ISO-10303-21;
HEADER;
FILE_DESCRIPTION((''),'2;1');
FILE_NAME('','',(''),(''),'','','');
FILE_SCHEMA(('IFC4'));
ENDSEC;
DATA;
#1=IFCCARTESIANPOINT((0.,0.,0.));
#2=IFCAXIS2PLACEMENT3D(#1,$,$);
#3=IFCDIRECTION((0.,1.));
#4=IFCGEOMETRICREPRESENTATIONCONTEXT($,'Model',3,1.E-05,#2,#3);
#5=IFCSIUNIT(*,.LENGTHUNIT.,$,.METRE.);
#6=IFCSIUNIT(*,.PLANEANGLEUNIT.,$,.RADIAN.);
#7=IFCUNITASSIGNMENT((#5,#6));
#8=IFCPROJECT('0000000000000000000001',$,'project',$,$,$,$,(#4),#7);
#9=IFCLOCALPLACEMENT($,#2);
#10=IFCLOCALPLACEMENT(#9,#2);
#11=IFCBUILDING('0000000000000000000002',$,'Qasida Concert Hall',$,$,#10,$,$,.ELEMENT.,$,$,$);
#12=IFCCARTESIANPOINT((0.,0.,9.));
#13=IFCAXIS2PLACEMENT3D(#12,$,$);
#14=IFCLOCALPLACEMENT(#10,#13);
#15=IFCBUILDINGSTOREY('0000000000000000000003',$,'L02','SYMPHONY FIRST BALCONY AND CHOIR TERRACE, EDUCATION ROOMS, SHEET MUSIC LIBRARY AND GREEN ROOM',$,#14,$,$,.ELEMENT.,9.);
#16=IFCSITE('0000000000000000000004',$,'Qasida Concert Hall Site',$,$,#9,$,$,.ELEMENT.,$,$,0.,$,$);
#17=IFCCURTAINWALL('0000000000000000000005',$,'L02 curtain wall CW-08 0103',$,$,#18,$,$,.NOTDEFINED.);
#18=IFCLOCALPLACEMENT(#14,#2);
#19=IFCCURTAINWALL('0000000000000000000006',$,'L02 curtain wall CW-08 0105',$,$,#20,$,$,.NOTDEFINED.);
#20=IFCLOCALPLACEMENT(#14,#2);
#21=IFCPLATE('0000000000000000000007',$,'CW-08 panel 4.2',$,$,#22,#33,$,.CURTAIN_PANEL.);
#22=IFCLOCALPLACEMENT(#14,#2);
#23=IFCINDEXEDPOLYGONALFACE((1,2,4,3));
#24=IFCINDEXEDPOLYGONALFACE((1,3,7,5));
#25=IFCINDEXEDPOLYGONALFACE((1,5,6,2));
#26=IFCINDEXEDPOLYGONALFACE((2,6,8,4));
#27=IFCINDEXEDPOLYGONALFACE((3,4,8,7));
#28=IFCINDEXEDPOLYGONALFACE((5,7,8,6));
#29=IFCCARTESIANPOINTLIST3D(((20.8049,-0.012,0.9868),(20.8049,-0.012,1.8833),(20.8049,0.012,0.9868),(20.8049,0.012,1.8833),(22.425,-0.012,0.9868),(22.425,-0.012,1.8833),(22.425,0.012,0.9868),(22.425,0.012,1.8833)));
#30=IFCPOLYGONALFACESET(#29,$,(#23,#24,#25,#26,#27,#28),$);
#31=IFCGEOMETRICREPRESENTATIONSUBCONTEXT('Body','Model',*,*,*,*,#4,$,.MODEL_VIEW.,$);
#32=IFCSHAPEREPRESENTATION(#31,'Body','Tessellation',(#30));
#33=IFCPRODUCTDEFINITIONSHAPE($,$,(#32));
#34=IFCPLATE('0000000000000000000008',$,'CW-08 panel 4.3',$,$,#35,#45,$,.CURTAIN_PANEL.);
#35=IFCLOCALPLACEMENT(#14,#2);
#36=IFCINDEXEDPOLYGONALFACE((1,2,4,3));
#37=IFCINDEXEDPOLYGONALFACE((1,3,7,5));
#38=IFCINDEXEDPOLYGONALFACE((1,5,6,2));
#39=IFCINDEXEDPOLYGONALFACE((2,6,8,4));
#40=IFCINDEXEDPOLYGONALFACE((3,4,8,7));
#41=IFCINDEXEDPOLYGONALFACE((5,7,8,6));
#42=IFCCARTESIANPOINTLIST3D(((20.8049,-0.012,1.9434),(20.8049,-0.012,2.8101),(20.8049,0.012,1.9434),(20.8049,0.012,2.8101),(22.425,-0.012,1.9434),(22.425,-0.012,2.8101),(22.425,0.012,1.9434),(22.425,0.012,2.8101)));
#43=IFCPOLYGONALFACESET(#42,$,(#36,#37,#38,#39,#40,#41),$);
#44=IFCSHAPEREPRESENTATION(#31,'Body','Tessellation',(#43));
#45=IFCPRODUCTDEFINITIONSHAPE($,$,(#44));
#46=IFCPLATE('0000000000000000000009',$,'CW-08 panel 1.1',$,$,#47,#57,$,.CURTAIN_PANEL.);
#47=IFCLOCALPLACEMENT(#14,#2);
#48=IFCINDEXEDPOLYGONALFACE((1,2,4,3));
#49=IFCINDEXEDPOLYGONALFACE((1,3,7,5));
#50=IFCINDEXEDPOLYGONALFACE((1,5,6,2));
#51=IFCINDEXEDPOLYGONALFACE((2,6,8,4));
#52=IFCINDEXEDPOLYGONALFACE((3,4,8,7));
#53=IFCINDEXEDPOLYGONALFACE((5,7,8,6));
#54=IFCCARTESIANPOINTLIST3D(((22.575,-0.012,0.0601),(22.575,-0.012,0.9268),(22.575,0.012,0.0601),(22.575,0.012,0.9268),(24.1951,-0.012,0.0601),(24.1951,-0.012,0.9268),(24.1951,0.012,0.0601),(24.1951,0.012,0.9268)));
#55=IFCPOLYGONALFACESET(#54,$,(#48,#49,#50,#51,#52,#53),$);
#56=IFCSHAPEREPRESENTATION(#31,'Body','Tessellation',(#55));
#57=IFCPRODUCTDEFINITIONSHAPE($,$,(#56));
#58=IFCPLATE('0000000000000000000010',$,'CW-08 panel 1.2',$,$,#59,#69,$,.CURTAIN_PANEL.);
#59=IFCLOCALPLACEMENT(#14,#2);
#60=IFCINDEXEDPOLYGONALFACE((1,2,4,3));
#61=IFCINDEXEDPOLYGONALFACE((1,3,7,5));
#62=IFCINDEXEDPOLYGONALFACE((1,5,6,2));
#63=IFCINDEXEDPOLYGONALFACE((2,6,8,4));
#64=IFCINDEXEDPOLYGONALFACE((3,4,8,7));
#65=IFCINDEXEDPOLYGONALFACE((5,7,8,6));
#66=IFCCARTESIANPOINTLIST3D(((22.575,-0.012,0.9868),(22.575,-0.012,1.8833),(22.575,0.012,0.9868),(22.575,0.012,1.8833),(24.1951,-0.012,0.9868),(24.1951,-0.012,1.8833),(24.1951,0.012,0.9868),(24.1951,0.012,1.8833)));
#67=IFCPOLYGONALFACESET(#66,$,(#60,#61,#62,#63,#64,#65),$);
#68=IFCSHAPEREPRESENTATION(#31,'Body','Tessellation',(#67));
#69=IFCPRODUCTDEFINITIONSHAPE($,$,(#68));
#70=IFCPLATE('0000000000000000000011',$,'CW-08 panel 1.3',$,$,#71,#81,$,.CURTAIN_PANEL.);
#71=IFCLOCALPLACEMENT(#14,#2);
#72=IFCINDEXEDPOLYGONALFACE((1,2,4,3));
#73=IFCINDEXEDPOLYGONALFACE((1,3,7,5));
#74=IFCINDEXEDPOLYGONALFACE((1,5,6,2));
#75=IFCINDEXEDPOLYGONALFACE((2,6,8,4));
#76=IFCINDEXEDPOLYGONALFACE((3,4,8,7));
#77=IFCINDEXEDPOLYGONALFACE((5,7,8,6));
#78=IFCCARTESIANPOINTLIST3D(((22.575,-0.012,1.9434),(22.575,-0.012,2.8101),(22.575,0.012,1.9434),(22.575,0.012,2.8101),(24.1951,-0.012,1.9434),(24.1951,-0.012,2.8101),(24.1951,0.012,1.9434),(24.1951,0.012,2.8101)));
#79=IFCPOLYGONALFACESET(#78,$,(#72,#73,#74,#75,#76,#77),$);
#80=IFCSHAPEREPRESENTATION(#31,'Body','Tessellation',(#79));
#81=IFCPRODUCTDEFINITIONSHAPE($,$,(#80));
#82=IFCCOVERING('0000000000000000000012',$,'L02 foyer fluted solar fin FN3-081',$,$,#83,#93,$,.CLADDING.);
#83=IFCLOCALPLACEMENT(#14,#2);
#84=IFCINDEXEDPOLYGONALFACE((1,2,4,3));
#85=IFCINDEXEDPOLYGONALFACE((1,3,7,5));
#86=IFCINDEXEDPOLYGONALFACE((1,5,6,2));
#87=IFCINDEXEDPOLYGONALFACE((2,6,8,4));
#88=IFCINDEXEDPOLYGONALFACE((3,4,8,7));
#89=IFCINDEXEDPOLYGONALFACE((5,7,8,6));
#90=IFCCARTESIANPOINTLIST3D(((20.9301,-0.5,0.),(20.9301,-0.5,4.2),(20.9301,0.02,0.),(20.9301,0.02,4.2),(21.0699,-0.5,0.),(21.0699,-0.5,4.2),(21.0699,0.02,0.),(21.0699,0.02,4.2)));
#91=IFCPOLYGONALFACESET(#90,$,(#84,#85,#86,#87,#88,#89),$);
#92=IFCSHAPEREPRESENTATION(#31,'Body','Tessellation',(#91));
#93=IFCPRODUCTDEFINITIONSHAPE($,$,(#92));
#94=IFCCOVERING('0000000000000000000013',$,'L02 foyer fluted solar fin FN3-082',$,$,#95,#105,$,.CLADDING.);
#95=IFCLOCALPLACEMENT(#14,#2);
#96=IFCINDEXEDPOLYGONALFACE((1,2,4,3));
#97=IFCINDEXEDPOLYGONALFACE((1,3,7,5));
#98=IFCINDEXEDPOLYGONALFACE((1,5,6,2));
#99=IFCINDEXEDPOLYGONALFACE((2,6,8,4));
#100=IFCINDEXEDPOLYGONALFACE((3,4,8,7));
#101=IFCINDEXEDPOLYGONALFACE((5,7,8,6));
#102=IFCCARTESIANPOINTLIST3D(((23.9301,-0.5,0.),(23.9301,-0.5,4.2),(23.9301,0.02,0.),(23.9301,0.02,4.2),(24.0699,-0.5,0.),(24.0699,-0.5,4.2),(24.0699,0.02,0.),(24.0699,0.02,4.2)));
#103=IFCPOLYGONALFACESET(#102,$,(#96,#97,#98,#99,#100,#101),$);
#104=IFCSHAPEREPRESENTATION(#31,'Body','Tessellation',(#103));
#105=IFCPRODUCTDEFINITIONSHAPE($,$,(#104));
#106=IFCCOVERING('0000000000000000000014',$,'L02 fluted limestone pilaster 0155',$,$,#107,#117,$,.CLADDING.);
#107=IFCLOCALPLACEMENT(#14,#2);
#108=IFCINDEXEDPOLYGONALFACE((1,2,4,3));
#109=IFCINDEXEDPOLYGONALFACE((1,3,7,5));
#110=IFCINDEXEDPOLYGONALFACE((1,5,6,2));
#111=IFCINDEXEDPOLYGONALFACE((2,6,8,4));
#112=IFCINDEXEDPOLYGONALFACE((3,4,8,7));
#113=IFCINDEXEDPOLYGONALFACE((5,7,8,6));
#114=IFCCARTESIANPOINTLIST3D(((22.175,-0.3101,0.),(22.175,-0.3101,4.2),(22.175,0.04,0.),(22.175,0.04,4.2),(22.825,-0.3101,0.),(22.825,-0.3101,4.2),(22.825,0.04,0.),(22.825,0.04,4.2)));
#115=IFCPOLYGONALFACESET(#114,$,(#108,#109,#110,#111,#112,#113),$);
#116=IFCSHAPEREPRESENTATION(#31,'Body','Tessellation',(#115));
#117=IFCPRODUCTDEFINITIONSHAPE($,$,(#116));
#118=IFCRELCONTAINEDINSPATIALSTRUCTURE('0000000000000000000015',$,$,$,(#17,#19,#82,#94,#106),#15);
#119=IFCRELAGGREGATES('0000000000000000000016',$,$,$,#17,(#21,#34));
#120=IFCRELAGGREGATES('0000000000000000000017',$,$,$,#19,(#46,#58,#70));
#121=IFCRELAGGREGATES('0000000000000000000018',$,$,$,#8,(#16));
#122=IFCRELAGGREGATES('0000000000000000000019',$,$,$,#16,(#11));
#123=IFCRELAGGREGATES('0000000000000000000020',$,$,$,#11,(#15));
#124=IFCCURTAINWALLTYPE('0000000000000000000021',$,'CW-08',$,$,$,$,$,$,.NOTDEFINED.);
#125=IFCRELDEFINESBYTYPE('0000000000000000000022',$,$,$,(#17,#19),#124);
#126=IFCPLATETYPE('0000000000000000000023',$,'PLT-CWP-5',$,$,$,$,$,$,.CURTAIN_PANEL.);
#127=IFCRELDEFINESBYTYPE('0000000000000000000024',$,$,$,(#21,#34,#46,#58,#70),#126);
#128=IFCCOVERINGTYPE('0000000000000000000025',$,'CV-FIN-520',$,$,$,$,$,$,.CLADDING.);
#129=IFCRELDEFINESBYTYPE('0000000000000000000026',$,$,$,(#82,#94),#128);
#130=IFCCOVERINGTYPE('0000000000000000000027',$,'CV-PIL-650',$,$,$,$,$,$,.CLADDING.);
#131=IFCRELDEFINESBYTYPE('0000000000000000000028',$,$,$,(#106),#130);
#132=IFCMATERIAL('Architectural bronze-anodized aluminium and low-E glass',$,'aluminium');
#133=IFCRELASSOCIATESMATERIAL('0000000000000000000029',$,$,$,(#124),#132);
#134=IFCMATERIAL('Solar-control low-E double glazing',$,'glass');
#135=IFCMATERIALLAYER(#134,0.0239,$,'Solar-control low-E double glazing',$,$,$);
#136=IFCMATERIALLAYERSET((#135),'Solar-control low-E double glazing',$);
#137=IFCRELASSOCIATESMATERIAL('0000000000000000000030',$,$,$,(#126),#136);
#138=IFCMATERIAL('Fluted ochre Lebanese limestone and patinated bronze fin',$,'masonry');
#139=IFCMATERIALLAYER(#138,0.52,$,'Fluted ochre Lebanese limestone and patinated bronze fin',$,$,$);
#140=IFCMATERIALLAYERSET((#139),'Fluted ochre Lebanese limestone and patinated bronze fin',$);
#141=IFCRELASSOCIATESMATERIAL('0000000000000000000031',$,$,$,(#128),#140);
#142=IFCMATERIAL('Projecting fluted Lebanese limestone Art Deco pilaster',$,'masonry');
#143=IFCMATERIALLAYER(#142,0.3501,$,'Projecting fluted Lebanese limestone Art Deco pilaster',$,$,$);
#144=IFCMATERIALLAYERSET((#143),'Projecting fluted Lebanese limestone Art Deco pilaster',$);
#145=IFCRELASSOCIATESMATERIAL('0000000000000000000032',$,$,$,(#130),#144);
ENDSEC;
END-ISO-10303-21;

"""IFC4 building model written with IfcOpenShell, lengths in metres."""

from ifc_helpers import new_model, si_unit, direction, frame, origin, origin_2d, place, context, subcontext, project, spatial, rectangle, extrude, material, layer, layer_set, type_object, element, aggregate, save


model = new_model("IFC4")

# Units and contexts
model_context = context("Model", 3, precision=1e-05, world=origin(), true_north=direction((0.0, 1.0)))
body_context = subcontext(model_context, "Body", "Model", "MODEL_VIEW")
ifc_project = project(units=[si_unit("LENGTHUNIT", "METRE"), si_unit("PLANEANGLEUNIT", "RADIAN")], contexts=[model_context])

# Site, building, storey
site_placement = place(None, origin())
site = spatial("IfcSite", under=ifc_project, at=site_placement, Name="Qasida Concert Hall Site", CompositionType="ELEMENT", RefElevation=0.0)
building_placement = place(site_placement, origin())
building = spatial("IfcBuilding", under=site, at=building_placement, Name="Qasida Concert Hall", CompositionType="ELEMENT")
storey_placement = place(building_placement, frame((0.0, 0.0, 9.0)))
storey = spatial("IfcBuildingStorey", under=building, at=storey_placement, Name="L02", Description="SYMPHONY FIRST BALCONY AND CHOIR TERRACE, EDUCATION ROOMS, SHEET MUSIC LIBRARY AND GREEN ROOM", CompositionType="ELEMENT", Elevation=9.0)

# Curtain walls
ifc_material_1 = material(Name="Architectural bronze-anodized aluminium and low-E glass", Category="aluminium")
curtain_wall_type = type_object("IfcCurtainWallType", Name="CW-08", PredefinedType="NOTDEFINED", material=ifc_material_1)
curtain_wall_1_placement = place(storey_placement, origin())
curtain_wall_1 = element("IfcCurtainWall", 1, at=curtain_wall_1_placement, inside=storey, type_object=curtain_wall_type, Name="L02 curtain wall CW-08 0103", PredefinedType="NOTDEFINED")
curtain_wall_2_placement = place(storey_placement, origin())
curtain_wall_2 = element("IfcCurtainWall", 2, at=curtain_wall_2_placement, inside=storey, type_object=curtain_wall_type, Name="L02 curtain wall CW-08 0105", PredefinedType="NOTDEFINED")

# Plates
ifc_material_2 = material(Name="Solar-control low-E double glazing", Category="glass")
ifc_layer_1 = layer(ifc_material_2, 0.0239, Name="Solar-control low-E double glazing")
ifc_layer_set_1 = layer_set([ifc_layer_1], Name="Solar-control low-E double glazing")
plate_type = type_object("IfcPlateType", Name="PLT-CWP-5", PredefinedType="CURTAIN_PANEL", material=ifc_layer_set_1)
plate_1_placement = place(storey_placement, frame((21.615, 0.0, 0.9868), z_axis=(0.0, 0.0, 1.0), x_axis=(1.0, 0.0, 0.0)))
plate_1 = element("IfcPlate", 3, at=plate_1_placement, type_object=plate_type, Name="CW-08 panel 4.2", PredefinedType="CURTAIN_PANEL", context=body_context, shape_type="SweptSolid", body=[
    extrude(rectangle(XDim=1.6201, YDim=0.0239, at=origin_2d()), origin(), (0.0, 0.0, 1.0), 0.8965),
])
plate_2_placement = place(storey_placement, frame((21.615, 0.0, 1.9434), z_axis=(0.0, 0.0, 1.0), x_axis=(1.0, 0.0, 0.0)))
plate_2 = element("IfcPlate", 4, at=plate_2_placement, type_object=plate_type, Name="CW-08 panel 4.3", PredefinedType="CURTAIN_PANEL", context=body_context, shape_type="SweptSolid", body=[
    extrude(rectangle(XDim=1.6201, YDim=0.0239, at=origin_2d()), origin(), (0.0, 0.0, 1.0), 0.8667),
])
aggregate(curtain_wall_1, [plate_1, plate_2])
plate_3_placement = place(storey_placement, frame((23.385, 0.0, 0.0601), z_axis=(0.0, 0.0, 1.0), x_axis=(1.0, 0.0, 0.0)))
plate_3 = element("IfcPlate", 5, at=plate_3_placement, type_object=plate_type, Name="CW-08 panel 1.1", PredefinedType="CURTAIN_PANEL", context=body_context, shape_type="SweptSolid", body=[
    extrude(rectangle(XDim=1.6201, YDim=0.0239, at=origin_2d()), origin(), (0.0, 0.0, 1.0), 0.8667),
])
plate_4_placement = place(storey_placement, frame((23.385, 0.0, 0.9868), z_axis=(0.0, 0.0, 1.0), x_axis=(1.0, 0.0, 0.0)))
plate_4 = element("IfcPlate", 6, at=plate_4_placement, type_object=plate_type, Name="CW-08 panel 1.2", PredefinedType="CURTAIN_PANEL", context=body_context, shape_type="SweptSolid", body=[
    extrude(rectangle(XDim=1.6201, YDim=0.0239, at=origin_2d()), origin(), (0.0, 0.0, 1.0), 0.8965),
])
plate_5_placement = place(storey_placement, frame((23.385, 0.0, 1.9434), z_axis=(0.0, 0.0, 1.0), x_axis=(1.0, 0.0, 0.0)))
plate_5 = element("IfcPlate", 7, at=plate_5_placement, type_object=plate_type, Name="CW-08 panel 1.3", PredefinedType="CURTAIN_PANEL", context=body_context, shape_type="SweptSolid", body=[
    extrude(rectangle(XDim=1.6201, YDim=0.0239, at=origin_2d()), origin(), (0.0, 0.0, 1.0), 0.8667),
])
aggregate(curtain_wall_2, [plate_3, plate_4, plate_5])

# Coverings
ifc_material_3 = material(Name="Fluted ochre Lebanese limestone and patinated bronze fin", Category="masonry")
ifc_layer_2 = layer(ifc_material_3, 0.52, Name="Fluted ochre Lebanese limestone and patinated bronze fin")
ifc_layer_set_2 = layer_set([ifc_layer_2], Name="Fluted ochre Lebanese limestone and patinated bronze fin")
covering_type_1 = type_object("IfcCoveringType", Name="CV-FIN-520", PredefinedType="CLADDING", material=ifc_layer_set_2)
for number, where, z_axis, x_axis, name in (
    (8, (21.0, -0.24, 0.0), (0.0, 0.0, 1.0), (1.0, 0.0, 0.0), "L02 foyer fluted solar fin FN3-081"),
    (9, (24.0, -0.24, 0.0), (0.0, 0.0, 1.0), (1.0, 0.0, 0.0), "L02 foyer fluted solar fin FN3-082"),
):
    element("IfcCovering", number, at=place(storey_placement, frame(where, z_axis=z_axis, x_axis=x_axis)), inside=storey, type_object=covering_type_1, Name=name, PredefinedType="CLADDING", context=body_context, shape_type="SweptSolid", body=[
        extrude(rectangle(XDim=0.1399, YDim=0.52, at=origin_2d()), origin(), (0.0, 0.0, 1.0), 4.2),
    ])
ifc_material_4 = material(Name="Projecting fluted Lebanese limestone Art Deco pilaster", Category="masonry")
ifc_layer_3 = layer(ifc_material_4, 0.3501, Name="Projecting fluted Lebanese limestone Art Deco pilaster")
ifc_layer_set_3 = layer_set([ifc_layer_3], Name="Projecting fluted Lebanese limestone Art Deco pilaster")
covering_type_2 = type_object("IfcCoveringType", Name="CV-PIL-650", PredefinedType="CLADDING", material=ifc_layer_set_3)
covering_placement = place(storey_placement, frame((22.5, -0.135, 0.0), z_axis=(0.0, 0.0, 1.0), x_axis=(1.0, 0.0, 0.0)))
element("IfcCovering", 10, at=covering_placement, inside=storey, type_object=covering_type_2, Name="L02 fluted limestone pilaster 0155", PredefinedType="CLADDING", context=body_context, shape_type="SweptSolid", body=[
    extrude(rectangle(XDim=0.6499, YDim=0.3501, at=origin_2d()), origin(), (0.0, 0.0, 1.0), 4.2),
])

save(model, "model.ifc")
